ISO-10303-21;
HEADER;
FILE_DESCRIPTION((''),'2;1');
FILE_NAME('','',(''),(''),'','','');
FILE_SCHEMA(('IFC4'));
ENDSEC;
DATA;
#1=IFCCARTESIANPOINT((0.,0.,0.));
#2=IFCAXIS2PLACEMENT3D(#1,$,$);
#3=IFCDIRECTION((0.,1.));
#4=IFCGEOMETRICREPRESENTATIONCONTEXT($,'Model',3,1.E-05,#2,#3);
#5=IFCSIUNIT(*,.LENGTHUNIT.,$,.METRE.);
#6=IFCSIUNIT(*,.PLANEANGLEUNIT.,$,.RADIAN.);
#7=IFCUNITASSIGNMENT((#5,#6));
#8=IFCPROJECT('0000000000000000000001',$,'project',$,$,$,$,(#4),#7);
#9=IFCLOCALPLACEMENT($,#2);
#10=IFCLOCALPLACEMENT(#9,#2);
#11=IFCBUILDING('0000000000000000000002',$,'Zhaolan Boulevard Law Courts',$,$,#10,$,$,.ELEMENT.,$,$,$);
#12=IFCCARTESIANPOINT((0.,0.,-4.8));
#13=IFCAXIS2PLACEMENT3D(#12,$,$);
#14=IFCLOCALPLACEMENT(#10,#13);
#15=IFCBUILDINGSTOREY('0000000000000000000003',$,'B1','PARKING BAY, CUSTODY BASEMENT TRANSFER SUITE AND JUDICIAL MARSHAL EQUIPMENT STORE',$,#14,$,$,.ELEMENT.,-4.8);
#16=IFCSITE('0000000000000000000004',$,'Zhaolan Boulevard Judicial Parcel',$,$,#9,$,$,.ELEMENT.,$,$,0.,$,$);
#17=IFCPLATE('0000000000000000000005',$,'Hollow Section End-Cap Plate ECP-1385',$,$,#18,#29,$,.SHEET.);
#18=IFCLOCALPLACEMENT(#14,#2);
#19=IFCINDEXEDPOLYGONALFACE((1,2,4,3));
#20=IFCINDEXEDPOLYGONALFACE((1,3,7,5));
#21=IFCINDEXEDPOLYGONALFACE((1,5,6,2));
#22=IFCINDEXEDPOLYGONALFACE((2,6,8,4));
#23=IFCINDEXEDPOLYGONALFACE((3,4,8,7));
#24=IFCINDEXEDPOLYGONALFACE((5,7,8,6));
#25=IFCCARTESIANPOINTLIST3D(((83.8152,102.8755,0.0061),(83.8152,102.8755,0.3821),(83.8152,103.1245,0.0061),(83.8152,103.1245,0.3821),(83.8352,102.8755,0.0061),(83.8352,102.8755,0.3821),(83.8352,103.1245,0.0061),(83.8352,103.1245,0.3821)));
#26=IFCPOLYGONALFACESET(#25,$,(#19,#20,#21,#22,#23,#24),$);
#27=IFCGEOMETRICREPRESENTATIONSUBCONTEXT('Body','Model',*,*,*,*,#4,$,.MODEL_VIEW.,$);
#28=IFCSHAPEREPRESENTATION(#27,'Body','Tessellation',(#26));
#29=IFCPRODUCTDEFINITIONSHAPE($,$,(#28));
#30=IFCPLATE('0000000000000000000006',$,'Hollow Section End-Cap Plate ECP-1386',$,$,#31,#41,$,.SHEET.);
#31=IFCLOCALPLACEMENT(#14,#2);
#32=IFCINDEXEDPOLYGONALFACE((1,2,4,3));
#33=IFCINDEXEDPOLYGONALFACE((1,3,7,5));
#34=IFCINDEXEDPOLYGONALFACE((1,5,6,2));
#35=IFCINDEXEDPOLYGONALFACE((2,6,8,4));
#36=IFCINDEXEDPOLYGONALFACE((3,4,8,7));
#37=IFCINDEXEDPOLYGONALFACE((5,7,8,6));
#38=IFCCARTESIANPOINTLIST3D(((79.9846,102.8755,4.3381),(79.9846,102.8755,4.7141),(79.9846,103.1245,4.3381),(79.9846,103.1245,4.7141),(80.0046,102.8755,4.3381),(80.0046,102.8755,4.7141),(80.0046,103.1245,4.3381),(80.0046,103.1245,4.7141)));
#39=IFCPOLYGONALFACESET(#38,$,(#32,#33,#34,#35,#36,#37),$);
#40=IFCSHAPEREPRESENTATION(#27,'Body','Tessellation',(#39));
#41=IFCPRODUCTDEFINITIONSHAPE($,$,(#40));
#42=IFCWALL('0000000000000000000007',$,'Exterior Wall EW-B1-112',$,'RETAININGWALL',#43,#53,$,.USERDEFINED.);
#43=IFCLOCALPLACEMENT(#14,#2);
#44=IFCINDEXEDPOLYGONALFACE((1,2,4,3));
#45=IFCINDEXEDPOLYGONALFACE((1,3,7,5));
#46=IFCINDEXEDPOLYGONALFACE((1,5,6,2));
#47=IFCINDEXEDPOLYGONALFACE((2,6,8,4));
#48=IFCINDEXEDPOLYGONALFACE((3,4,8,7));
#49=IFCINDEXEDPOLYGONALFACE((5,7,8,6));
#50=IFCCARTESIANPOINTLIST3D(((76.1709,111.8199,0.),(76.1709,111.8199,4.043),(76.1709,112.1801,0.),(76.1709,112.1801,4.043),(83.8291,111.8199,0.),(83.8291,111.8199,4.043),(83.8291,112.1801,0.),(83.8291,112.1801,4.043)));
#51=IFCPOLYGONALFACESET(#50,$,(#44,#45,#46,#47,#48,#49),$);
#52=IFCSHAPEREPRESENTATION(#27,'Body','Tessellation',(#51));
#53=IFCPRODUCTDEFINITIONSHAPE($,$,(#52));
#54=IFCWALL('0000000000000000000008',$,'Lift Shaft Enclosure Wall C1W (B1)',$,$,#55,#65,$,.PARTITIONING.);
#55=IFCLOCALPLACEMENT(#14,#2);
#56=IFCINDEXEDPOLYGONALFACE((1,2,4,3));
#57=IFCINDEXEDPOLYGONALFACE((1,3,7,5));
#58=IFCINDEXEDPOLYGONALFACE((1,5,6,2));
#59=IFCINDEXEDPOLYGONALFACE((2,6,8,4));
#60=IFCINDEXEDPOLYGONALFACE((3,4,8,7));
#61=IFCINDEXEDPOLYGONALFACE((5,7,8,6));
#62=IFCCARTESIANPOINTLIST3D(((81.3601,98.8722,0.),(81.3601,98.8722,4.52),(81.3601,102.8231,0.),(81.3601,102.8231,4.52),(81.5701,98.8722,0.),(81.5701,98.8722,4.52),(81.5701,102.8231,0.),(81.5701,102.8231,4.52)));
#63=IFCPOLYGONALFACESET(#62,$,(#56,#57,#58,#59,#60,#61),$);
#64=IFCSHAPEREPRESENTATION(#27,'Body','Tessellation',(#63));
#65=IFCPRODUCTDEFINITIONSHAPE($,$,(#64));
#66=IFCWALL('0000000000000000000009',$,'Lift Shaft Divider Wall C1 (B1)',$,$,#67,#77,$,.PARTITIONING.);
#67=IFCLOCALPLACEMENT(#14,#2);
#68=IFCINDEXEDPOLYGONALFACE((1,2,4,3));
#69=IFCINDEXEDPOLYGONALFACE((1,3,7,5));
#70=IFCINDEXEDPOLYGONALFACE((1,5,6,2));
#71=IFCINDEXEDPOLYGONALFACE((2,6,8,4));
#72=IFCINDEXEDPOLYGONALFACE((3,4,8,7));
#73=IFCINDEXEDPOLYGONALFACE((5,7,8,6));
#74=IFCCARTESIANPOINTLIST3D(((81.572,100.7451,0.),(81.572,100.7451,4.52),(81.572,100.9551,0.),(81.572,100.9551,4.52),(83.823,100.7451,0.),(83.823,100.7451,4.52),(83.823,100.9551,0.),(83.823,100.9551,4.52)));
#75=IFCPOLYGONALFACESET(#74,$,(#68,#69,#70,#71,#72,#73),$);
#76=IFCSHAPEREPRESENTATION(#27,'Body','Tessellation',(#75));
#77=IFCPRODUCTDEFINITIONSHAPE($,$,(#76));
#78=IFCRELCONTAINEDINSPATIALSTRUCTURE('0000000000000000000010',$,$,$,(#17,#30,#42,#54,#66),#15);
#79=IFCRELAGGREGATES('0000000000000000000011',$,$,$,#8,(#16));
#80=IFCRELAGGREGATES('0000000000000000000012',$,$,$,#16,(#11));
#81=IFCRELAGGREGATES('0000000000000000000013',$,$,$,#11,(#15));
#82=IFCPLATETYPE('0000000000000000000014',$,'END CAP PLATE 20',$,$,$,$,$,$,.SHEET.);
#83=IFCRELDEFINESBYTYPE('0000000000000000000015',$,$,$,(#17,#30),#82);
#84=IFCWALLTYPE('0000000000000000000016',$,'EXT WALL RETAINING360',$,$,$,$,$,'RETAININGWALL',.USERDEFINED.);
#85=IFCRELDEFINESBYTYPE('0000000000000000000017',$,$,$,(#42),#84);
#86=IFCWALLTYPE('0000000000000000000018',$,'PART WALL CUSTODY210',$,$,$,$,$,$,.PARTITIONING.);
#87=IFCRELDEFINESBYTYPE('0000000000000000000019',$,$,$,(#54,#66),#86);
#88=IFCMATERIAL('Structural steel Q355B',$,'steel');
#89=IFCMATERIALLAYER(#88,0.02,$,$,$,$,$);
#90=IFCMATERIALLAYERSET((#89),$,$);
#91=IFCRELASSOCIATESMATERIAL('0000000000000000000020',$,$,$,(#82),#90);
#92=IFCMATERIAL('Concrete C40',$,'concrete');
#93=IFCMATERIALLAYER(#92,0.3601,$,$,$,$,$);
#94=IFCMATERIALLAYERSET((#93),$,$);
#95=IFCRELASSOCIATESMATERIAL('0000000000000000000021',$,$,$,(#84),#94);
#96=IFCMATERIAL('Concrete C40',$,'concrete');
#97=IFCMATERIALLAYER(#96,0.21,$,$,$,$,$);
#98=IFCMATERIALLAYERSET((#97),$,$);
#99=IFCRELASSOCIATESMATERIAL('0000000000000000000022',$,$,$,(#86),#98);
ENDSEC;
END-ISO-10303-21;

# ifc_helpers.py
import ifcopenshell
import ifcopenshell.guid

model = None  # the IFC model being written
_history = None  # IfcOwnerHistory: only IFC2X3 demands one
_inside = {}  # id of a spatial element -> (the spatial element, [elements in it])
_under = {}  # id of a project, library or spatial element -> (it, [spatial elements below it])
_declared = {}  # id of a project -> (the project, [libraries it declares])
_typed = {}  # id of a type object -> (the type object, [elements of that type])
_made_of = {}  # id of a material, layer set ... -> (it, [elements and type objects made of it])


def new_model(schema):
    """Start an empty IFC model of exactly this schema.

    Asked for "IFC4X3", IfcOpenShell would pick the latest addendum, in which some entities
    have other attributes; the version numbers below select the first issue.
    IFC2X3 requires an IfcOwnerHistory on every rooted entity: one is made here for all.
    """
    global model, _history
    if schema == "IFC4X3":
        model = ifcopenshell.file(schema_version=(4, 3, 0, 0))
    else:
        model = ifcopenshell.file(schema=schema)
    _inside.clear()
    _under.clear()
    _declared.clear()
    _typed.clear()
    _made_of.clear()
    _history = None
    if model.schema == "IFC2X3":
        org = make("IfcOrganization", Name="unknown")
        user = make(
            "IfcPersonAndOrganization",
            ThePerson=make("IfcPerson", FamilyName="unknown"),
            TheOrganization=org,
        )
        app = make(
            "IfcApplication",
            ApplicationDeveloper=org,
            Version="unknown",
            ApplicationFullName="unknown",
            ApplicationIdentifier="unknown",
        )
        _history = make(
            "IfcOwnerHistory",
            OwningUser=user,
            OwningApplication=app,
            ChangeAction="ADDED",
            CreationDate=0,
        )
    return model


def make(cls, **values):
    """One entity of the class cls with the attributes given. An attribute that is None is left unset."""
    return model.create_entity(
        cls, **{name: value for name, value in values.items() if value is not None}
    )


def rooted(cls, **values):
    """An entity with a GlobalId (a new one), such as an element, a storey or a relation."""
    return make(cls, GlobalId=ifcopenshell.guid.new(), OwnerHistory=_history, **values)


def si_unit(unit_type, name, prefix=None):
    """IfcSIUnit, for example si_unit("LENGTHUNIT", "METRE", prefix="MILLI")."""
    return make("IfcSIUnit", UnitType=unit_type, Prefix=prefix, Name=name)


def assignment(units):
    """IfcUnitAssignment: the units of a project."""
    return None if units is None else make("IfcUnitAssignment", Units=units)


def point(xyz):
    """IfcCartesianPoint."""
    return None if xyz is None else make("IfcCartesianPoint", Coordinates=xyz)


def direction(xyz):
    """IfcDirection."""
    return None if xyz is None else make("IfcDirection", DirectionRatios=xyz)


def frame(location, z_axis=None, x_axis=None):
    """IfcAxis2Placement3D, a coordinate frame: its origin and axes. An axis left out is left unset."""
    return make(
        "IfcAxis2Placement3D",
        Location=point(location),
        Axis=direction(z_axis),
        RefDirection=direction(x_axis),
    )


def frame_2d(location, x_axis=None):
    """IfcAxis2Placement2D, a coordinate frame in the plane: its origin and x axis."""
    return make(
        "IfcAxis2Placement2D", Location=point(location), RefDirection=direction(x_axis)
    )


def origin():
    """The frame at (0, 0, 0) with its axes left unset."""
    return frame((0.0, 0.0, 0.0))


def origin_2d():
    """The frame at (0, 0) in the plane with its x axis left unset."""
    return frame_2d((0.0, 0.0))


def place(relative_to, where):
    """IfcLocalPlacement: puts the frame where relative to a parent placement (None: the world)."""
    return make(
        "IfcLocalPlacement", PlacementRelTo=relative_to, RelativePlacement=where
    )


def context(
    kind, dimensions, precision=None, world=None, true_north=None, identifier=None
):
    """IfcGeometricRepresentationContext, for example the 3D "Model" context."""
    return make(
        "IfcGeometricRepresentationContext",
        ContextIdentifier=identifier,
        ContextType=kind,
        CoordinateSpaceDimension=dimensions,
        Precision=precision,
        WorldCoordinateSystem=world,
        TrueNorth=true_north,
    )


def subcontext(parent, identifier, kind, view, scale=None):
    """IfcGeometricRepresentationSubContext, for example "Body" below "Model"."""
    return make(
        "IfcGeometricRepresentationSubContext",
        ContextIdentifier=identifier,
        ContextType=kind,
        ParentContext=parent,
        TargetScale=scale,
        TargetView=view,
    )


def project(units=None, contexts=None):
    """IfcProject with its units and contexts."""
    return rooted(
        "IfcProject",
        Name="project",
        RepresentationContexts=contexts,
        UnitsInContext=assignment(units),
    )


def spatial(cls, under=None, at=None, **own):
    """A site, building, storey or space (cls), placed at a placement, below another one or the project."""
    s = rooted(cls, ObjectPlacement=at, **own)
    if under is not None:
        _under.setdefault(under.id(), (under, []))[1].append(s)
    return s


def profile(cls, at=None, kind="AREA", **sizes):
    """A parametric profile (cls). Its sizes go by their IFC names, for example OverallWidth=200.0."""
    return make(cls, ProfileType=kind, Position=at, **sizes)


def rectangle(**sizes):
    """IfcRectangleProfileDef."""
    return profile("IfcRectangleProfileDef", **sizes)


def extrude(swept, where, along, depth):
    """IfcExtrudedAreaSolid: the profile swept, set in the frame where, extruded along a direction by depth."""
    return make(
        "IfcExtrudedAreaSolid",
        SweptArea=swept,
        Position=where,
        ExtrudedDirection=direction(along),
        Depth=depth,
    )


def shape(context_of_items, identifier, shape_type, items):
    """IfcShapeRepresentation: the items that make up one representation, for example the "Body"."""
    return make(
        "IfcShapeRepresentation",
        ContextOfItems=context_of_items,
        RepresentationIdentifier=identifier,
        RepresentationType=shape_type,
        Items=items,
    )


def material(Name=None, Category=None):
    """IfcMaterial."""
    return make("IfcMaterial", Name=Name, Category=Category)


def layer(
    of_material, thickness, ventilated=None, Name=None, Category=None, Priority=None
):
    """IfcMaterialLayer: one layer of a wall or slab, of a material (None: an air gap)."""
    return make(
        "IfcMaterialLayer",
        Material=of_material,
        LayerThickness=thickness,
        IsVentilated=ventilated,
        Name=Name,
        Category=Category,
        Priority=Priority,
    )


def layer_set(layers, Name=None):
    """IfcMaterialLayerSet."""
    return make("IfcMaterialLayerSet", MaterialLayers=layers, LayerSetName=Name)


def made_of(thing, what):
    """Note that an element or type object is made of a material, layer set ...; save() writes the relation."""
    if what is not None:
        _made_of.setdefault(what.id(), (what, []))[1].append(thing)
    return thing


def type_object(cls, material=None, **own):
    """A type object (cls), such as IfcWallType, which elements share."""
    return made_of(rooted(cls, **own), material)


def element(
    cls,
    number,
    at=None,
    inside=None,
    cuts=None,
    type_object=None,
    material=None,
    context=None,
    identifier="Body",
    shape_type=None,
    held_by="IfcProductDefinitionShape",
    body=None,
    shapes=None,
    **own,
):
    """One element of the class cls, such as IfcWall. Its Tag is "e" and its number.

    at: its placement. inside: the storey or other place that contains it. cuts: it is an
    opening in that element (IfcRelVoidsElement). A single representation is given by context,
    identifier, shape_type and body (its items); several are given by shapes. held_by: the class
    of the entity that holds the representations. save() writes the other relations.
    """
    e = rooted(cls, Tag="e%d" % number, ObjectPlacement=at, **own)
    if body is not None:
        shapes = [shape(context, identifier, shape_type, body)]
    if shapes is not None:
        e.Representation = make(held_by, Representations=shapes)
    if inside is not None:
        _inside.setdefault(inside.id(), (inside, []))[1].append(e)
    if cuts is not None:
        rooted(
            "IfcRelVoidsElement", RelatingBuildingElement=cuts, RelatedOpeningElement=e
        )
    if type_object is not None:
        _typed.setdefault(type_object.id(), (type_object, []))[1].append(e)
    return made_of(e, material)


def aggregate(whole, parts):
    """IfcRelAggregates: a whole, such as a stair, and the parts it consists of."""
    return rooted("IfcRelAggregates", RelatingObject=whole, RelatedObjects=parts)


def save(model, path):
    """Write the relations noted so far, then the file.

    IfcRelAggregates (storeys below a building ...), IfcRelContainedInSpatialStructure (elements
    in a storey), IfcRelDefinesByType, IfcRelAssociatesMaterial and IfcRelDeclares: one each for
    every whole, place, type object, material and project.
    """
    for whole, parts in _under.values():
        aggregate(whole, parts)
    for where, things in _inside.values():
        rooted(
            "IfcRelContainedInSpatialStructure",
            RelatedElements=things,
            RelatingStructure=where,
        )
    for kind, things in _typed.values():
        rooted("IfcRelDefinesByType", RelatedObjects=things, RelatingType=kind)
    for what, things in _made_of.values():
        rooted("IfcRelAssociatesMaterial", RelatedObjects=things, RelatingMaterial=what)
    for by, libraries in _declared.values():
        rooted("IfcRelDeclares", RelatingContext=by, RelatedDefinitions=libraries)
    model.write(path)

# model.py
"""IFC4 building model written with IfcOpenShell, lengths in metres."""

from ifc_helpers import new_model, si_unit, direction, frame, frame_2d, origin, origin_2d, place, context, subcontext, project, spatial, rectangle, extrude, material, layer, layer_set, type_object, element, save


model = new_model("IFC4")

# Units and contexts
model_context = context("Model", 3, precision=1e-05, world=origin(), true_north=direction((0.0, 1.0)))
body_context = subcontext(model_context, "Body", "Model", "MODEL_VIEW")
ifc_project = project(units=[si_unit("LENGTHUNIT", "METRE"), si_unit("PLANEANGLEUNIT", "RADIAN")], contexts=[model_context])

# Site, building, storey
site_placement = place(None, origin())
site = spatial("IfcSite", under=ifc_project, at=site_placement, Name="Zhaolan Boulevard Judicial Parcel", CompositionType="ELEMENT", RefElevation=0.0)
building_placement = place(site_placement, origin())
building = spatial("IfcBuilding", under=site, at=building_placement, Name="Zhaolan Boulevard Law Courts", CompositionType="ELEMENT")
storey_placement = place(building_placement, frame((0.0, 0.0, -4.8)))
storey = spatial("IfcBuildingStorey", under=building, at=storey_placement, Name="B1", Description="PARKING BAY, CUSTODY BASEMENT TRANSFER SUITE AND JUDICIAL MARSHAL EQUIPMENT STORE", CompositionType="ELEMENT", Elevation=-4.8)

# Plates
ifc_material_1 = material(Name="Structural steel Q355B", Category="steel")
ifc_layer_1 = layer(ifc_material_1, 0.02)
ifc_layer_set_1 = layer_set([ifc_layer_1])
plate_type_1 = type_object("IfcPlateType", Name="END CAP PLATE 20", PredefinedType="SHEET", material=ifc_layer_set_1)
for number, where, z_axis, x_axis, name in (
    (1, (83.8252, 103.0, 0.0061), (0.0, 0.0, 1.0), (-1.0, 0.0, 0.0), "Hollow Section End-Cap Plate ECP-1385"),
    (2, (79.9946, 103.0, 4.3381), (0.0, 0.0, 1.0), (-1.0, 0.0, 0.0), "Hollow Section End-Cap Plate ECP-1386"),
):
    element("IfcPlate", number, at=place(storey_placement, frame(where, z_axis=z_axis, x_axis=x_axis)), inside=storey, type_object=plate_type_1, Name=name, PredefinedType="SHEET", context=body_context, shape_type="SweptSolid", body=[
        extrude(rectangle(XDim=0.02, YDim=0.249, at=origin_2d()), origin(), (0.0, 0.0, 1.0), 0.376),
    ])

# Walls
ifc_material_2 = material(Name="Concrete C40", Category="concrete")
ifc_layer_2 = layer(ifc_material_2, 0.3601)
ifc_layer_set_2 = layer_set([ifc_layer_2])
wall_type_1 = type_object("IfcWallType", Name="EXT WALL RETAINING360", ElementType="RETAININGWALL", PredefinedType="USERDEFINED", material=ifc_layer_set_2)
wall_1_placement = place(storey_placement, frame((83.8291, 112.0, 0.0), z_axis=(0.0, 0.0, 1.0), x_axis=(-1.0, 0.0, 0.0)))
element("IfcWall", 3, at=wall_1_placement, inside=storey, type_object=wall_type_1, Name="Exterior Wall EW-B1-112", ObjectType="RETAININGWALL", PredefinedType="USERDEFINED", context=body_context, shape_type="SweptSolid", body=[
    extrude(rectangle(XDim=7.6582, YDim=0.3601, at=frame_2d((3.8291, 0.0))), origin(), (0.0, 0.0, 1.0), 4.043),
])
ifc_material_3 = material(Name="Concrete C40", Category="concrete")
ifc_layer_3 = layer(ifc_material_3, 0.21)
ifc_layer_set_3 = layer_set([ifc_layer_3])
wall_type_2 = type_object("IfcWallType", Name="PART WALL CUSTODY210", PredefinedType="PARTITIONING", material=ifc_layer_set_3)
wall_2_placement = place(storey_placement, frame((81.4651, 98.8721, 0.0), z_axis=(0.0, 0.0, 1.0), x_axis=(0.0, 1.0, 0.0)))
element("IfcWall", 4, at=wall_2_placement, inside=storey, type_object=wall_type_2, Name="Lift Shaft Enclosure Wall C1W (B1)", PredefinedType="PARTITIONING", context=body_context, shape_type="SweptSolid", body=[
    extrude(rectangle(XDim=3.9509, YDim=0.21, at=frame_2d((1.9756, 0.0))), origin(), (0.0, 0.0, 1.0), 4.52),
])
wall_3_placement = place(storey_placement, frame((81.572, 100.8501, 0.0), z_axis=(0.0, 0.0, 1.0), x_axis=(1.0, 0.0, 0.0)))
element("IfcWall", 5, at=wall_3_placement, inside=storey, type_object=wall_type_2, Name="Lift Shaft Divider Wall C1 (B1)", PredefinedType="PARTITIONING", context=body_context, shape_type="SweptSolid", body=[
    extrude(rectangle(XDim=2.251, YDim=0.21, at=frame_2d((1.1255, 0.0))), origin(), (0.0, 0.0, 1.0), 4.52),
])

save(model, "model.ifc")
